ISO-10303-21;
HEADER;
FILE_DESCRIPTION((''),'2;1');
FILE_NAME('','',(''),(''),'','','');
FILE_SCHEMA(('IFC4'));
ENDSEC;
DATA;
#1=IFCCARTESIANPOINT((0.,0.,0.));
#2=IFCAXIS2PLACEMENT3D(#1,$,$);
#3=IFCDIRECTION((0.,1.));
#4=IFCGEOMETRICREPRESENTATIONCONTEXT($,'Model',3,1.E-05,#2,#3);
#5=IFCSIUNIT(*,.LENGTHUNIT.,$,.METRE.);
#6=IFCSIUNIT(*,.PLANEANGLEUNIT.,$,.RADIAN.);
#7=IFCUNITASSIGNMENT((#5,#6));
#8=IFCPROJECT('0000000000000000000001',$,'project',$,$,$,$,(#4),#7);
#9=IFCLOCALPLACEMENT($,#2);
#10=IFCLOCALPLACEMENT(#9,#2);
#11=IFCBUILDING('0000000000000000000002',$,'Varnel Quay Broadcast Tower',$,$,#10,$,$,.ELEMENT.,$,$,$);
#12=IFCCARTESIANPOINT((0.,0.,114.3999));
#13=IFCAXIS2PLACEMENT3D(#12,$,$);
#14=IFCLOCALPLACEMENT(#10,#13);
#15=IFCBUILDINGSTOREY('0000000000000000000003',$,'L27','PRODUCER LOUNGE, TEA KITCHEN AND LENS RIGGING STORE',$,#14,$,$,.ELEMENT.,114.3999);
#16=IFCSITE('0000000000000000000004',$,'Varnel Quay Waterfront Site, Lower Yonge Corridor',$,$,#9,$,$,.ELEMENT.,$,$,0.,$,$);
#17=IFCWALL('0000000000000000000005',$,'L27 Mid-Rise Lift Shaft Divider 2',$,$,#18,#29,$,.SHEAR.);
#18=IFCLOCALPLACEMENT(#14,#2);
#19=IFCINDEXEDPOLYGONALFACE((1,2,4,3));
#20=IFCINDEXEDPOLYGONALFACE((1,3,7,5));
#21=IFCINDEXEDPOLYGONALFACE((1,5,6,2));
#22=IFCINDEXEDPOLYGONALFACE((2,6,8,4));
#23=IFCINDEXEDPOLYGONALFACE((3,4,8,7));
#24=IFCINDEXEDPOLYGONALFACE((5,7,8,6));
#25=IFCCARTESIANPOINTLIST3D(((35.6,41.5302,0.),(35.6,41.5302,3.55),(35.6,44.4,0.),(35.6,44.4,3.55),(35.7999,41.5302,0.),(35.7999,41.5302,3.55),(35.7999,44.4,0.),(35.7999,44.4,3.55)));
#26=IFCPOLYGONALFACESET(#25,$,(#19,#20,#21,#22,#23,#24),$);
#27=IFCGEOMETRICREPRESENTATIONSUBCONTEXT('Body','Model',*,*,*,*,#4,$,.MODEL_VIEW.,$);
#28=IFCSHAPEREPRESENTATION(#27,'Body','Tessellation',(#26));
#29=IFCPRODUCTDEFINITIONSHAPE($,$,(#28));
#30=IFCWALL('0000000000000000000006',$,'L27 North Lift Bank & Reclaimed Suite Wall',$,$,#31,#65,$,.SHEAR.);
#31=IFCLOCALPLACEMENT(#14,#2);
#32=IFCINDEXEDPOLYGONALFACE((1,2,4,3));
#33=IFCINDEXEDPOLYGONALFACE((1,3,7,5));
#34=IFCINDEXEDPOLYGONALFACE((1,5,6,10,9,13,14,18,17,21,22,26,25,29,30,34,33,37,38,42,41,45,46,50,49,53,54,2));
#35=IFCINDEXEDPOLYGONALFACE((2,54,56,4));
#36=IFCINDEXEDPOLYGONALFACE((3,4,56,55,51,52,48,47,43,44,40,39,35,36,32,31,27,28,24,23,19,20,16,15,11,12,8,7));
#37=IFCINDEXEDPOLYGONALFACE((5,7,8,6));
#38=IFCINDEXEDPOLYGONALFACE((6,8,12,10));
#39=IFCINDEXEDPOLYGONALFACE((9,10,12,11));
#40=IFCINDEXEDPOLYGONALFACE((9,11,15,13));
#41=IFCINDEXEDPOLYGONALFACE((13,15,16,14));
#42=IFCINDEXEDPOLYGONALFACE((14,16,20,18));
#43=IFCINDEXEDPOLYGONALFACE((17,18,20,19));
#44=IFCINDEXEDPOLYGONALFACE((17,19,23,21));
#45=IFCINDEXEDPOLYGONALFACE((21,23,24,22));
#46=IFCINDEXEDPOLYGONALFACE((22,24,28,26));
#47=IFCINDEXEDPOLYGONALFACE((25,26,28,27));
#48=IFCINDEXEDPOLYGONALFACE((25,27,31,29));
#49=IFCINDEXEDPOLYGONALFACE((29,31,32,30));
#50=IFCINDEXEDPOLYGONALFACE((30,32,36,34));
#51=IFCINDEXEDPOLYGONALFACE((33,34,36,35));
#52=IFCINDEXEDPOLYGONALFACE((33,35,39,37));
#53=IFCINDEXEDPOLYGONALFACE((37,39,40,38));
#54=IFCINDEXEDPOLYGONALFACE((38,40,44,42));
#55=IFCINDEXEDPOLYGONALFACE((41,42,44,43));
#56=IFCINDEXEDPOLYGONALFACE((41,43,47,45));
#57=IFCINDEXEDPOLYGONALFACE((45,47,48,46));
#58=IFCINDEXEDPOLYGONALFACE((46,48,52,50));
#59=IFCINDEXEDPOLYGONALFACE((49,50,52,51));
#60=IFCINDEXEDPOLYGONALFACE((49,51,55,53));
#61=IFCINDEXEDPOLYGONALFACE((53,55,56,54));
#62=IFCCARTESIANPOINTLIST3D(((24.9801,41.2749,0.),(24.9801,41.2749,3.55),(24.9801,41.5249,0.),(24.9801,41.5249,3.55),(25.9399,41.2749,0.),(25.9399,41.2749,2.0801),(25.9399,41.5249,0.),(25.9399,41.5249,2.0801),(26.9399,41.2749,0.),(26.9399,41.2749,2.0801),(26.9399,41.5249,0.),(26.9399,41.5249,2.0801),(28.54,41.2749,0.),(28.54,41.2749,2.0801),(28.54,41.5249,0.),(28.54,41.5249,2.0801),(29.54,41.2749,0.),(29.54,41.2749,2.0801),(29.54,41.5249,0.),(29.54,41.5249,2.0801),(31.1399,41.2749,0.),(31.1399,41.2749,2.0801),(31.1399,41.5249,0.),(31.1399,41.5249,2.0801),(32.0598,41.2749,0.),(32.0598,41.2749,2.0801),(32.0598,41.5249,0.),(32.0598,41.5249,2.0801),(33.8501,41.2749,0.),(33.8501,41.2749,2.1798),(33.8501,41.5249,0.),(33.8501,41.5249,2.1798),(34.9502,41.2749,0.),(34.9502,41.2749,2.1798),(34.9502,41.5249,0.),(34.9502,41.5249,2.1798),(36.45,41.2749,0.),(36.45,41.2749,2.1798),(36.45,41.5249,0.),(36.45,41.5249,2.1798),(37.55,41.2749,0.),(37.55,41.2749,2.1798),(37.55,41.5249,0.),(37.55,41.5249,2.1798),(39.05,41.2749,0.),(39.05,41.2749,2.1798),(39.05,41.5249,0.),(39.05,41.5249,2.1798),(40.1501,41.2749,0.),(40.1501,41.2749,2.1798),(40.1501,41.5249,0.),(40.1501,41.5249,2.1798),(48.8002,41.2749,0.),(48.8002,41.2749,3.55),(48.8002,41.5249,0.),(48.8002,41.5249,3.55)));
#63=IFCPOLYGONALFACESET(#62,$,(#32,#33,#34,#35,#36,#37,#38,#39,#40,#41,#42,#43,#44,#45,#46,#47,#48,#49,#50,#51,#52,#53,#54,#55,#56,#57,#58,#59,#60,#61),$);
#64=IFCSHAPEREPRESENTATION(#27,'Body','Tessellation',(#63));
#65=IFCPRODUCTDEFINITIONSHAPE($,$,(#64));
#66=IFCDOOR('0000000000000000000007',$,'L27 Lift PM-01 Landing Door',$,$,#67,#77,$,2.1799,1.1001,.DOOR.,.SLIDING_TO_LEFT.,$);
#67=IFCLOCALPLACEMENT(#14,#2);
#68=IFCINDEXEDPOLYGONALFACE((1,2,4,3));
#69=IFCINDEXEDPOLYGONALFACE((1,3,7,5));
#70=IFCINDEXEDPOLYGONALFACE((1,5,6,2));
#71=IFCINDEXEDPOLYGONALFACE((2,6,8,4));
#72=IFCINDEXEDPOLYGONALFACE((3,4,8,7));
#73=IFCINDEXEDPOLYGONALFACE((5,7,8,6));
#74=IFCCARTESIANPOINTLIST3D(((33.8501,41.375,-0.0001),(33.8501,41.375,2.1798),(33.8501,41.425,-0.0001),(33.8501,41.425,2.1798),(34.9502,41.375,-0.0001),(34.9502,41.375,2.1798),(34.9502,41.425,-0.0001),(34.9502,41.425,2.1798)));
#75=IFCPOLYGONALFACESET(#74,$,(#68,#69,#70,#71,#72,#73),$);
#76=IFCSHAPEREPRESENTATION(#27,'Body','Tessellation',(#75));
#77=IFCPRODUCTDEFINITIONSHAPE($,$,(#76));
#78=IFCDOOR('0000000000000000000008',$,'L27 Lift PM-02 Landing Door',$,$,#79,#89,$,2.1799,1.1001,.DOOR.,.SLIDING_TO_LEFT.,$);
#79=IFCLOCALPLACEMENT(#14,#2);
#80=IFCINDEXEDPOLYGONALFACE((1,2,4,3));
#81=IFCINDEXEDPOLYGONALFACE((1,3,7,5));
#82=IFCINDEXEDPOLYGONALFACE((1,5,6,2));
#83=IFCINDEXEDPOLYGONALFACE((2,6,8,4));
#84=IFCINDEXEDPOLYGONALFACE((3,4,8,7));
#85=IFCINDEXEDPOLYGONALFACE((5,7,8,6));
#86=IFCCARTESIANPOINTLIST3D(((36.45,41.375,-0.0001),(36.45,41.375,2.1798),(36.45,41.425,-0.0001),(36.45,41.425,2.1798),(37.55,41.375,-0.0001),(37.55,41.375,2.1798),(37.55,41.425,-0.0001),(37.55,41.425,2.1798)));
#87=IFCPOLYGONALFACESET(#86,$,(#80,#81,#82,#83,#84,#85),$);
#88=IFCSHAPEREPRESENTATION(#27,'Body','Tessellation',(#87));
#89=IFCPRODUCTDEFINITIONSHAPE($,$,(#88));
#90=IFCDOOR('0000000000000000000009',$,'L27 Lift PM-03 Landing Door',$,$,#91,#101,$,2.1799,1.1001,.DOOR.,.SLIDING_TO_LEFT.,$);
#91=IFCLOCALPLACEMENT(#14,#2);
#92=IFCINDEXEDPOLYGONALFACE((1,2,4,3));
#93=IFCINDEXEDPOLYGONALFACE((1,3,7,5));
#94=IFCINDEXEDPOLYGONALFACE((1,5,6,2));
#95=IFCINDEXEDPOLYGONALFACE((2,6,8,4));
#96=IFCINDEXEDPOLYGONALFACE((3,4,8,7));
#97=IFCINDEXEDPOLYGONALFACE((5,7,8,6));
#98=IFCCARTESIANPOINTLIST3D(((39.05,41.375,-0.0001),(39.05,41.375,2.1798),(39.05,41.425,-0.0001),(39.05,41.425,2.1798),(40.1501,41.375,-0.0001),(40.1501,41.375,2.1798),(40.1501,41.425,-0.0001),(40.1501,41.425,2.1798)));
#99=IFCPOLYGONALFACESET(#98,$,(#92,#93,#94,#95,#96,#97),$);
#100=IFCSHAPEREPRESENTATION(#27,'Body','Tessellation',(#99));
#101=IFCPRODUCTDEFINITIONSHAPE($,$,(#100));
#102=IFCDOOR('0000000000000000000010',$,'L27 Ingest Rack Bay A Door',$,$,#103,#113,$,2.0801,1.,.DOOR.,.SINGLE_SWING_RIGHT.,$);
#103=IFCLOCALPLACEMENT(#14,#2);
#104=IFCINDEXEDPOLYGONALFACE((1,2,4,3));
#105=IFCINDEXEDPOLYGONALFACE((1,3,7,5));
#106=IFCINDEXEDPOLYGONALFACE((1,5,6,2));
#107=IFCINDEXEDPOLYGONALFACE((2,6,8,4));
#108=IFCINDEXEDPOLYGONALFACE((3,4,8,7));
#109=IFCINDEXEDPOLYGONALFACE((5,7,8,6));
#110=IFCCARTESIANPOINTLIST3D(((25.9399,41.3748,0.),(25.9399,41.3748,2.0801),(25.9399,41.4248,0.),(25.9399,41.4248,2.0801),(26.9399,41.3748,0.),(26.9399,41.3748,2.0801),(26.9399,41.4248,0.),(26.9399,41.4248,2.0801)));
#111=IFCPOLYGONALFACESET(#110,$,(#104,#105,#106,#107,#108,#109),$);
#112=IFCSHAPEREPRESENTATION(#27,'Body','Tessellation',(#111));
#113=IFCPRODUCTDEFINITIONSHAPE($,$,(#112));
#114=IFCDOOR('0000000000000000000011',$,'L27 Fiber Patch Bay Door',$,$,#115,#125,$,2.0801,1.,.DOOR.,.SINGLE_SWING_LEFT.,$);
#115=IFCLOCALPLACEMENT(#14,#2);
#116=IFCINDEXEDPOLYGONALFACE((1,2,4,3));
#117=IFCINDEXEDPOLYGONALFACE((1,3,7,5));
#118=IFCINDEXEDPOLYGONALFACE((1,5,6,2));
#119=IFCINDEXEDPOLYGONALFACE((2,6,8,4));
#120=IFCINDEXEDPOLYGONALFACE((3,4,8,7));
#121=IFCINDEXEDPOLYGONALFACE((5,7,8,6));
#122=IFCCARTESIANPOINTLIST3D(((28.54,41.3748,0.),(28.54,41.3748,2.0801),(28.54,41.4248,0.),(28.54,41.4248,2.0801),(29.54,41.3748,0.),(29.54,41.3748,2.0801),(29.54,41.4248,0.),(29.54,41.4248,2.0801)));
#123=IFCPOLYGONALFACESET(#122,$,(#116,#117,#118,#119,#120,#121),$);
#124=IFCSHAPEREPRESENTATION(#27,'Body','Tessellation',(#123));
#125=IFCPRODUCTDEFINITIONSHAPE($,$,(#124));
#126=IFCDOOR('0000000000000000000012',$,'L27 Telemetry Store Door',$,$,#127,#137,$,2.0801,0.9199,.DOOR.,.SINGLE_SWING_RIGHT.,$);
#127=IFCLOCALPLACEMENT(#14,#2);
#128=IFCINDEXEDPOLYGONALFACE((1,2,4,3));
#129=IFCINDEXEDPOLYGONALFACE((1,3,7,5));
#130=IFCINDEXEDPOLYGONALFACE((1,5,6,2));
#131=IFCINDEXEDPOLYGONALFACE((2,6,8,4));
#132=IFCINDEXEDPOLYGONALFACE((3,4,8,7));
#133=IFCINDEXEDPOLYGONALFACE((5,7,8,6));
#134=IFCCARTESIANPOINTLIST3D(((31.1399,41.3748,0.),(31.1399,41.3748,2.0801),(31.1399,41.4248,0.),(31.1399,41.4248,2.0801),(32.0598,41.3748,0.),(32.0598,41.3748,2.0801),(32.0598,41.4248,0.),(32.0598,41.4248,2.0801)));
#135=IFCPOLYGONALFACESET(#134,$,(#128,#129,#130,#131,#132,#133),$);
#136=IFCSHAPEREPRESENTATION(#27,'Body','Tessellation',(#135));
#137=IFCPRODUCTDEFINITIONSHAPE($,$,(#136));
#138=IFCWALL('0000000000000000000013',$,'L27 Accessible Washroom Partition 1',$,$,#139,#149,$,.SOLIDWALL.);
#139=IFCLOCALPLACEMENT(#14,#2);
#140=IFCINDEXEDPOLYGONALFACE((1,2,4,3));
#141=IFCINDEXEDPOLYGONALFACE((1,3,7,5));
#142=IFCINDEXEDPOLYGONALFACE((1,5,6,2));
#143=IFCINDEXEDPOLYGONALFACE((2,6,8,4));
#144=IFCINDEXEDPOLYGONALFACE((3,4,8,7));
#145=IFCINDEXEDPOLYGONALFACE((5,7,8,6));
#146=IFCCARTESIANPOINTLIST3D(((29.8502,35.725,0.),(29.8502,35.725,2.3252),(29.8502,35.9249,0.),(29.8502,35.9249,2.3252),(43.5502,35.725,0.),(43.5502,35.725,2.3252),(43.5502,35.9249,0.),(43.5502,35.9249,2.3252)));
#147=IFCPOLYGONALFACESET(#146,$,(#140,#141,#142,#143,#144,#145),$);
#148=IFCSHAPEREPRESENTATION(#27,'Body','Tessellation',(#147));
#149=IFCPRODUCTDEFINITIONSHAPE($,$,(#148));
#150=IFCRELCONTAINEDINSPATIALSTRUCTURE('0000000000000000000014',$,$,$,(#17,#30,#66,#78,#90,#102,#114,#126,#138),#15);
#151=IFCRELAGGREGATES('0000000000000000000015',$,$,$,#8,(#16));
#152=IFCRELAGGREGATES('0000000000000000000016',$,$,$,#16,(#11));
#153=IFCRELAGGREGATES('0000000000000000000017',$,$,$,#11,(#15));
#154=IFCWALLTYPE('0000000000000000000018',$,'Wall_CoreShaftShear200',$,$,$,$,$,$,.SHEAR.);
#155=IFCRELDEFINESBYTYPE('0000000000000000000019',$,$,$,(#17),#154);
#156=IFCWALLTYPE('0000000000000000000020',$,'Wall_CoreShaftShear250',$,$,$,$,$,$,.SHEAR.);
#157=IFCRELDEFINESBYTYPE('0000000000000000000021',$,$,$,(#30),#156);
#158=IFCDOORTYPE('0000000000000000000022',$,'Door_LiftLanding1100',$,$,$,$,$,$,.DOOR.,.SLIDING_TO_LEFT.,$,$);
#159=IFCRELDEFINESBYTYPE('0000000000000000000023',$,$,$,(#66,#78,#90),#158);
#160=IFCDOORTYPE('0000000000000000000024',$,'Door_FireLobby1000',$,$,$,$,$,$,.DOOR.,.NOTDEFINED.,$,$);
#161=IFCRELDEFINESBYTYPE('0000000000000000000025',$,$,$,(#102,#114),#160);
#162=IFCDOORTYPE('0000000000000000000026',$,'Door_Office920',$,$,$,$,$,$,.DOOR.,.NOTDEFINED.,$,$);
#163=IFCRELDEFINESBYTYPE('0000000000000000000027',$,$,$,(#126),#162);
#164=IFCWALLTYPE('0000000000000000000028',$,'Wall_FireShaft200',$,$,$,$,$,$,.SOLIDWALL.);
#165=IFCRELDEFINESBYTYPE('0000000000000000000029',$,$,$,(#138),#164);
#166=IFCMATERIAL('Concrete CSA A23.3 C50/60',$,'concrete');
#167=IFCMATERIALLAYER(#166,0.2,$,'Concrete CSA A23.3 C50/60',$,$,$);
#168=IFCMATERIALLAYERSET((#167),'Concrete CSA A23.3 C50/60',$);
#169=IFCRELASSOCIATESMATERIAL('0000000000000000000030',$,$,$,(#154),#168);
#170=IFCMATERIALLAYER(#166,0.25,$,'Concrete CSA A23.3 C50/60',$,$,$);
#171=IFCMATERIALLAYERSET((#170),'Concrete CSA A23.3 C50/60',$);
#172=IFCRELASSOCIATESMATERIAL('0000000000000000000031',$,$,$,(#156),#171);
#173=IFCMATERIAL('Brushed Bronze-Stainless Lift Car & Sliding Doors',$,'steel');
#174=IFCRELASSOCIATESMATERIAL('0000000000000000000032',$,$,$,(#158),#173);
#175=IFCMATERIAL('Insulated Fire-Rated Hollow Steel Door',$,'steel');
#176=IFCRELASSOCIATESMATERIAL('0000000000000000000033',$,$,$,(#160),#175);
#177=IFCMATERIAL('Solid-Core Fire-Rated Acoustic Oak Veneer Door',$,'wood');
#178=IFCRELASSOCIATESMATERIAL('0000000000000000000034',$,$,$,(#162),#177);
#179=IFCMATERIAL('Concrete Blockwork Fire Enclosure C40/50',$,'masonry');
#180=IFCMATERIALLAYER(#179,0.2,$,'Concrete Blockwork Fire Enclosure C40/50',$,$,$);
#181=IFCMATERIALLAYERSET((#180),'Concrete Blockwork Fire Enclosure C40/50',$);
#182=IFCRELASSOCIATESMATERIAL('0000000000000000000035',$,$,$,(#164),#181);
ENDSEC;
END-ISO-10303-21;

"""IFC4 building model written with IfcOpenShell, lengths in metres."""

from ifc_helpers import new_model, si_unit, direction, frame, frame_2d, origin, place, context, subcontext, project, spatial, rectangle, extrude, source, transform, mapped, material, layer, layer_set, type_object, type_shapes, element, fill, save


model = new_model("IFC4")

# Units and contexts
model_context = context("Model", 3, precision=1e-05, world=origin(), true_north=direction((0.0, 1.0)))
body_context = subcontext(model_context, "Body", "Model", "MODEL_VIEW")
ifc_project = project(units=[si_unit("LENGTHUNIT", "METRE"), si_unit("PLANEANGLEUNIT", "RADIAN")], contexts=[model_context])

# Site, building, storey
site_placement = place(None, origin())
site = spatial("IfcSite", under=ifc_project, at=site_placement, Name="Varnel Quay Waterfront Site, Lower Yonge Corridor", CompositionType="ELEMENT", RefElevation=0.0)
building_placement = place(site_placement, origin())
building = spatial("IfcBuilding", under=site, at=building_placement, Name="Varnel Quay Broadcast Tower", CompositionType="ELEMENT")
storey_placement = place(building_placement, frame((0.0, 0.0, 114.3999)))
storey = spatial("IfcBuildingStorey", under=building, at=storey_placement, Name="L27", Description="PRODUCER LOUNGE, TEA KITCHEN AND LENS RIGGING STORE", CompositionType="ELEMENT", Elevation=114.3999)

# Wall
ifc_material_1 = material(Name="Concrete CSA A23.3 C50/60", Category="concrete")
ifc_layer_1 = layer(ifc_material_1, 0.2, Name="Concrete CSA A23.3 C50/60")
ifc_layer_set_1 = layer_set([ifc_layer_1], Name="Concrete CSA A23.3 C50/60")
wall_type_1 = type_object("IfcWallType", Name="Wall_CoreShaftShear200", PredefinedType="SHEAR", material=ifc_layer_set_1)
wall_1_placement = place(storey_placement, frame((35.7, 41.53, 0.0), z_axis=(0.0, 0.0, 1.0), x_axis=(0.0, 1.0, 0.0)))
element("IfcWall", 1, at=wall_1_placement, inside=storey, type_object=wall_type_1, Name="L27 Mid-Rise Lift Shaft Divider 2", PredefinedType="SHEAR", context=body_context, shape_type="SweptSolid", body=[
    extrude(rectangle(XDim=2.8699, YDim=0.2, at=frame_2d((1.4351, 0.0))), origin(), (0.0, 0.0, 1.0), 3.55),
])

# Wall, openings, doors
ifc_layer_2 = layer(ifc_material_1, 0.25, Name="Concrete CSA A23.3 C50/60")
ifc_layer_set_2 = layer_set([ifc_layer_2], Name="Concrete CSA A23.3 C50/60")
wall_type_2 = type_object("IfcWallType", Name="Wall_CoreShaftShear250", PredefinedType="SHEAR", material=ifc_layer_set_2)
wall_2_placement = place(storey_placement, frame((24.98, 41.3999, 0.0), z_axis=(0.0, 0.0, 1.0), x_axis=(1.0, 0.0, 0.0)))
wall_2 = element("IfcWall", 2, at=wall_2_placement, inside=storey, type_object=wall_type_2, Name="L27 North Lift Bank & Reclaimed Suite Wall", PredefinedType="SHEAR", context=body_context, shape_type="SweptSolid", body=[
    extrude(rectangle(XDim=23.8201, YDim=0.25, at=frame_2d((11.9102, 0.0))), origin(), (0.0, 0.0, 1.0), 3.55),
])
opening_1_placement = place(wall_2_placement, frame((8.8701, 0.0, 0.0)))
opening_1 = element("IfcOpeningElement", 3, at=opening_1_placement, cuts=wall_2, PredefinedType="OPENING", context=body_context, shape_type="SweptSolid", body=[
    extrude(rectangle(XDim=1.1001, YDim=2.1799, at=frame_2d((0.55, 1.0898))), frame((0.0, 0.135, 0.0), z_axis=(0.0, -1.0, 0.0), x_axis=(1.0, 0.0, 0.0)), (0.0, 0.0, 1.0), 0.27),
])
opening_2_placement = place(wall_2_placement, frame((11.47, 0.0, 0.0)))
opening_2 = element("IfcOpeningElement", 4, at=opening_2_placement, cuts=wall_2, PredefinedType="OPENING", context=body_context, shape_type="SweptSolid", body=[
    extrude(rectangle(XDim=1.1001, YDim=2.1799, at=frame_2d((0.55, 1.0898))), frame((0.0, 0.135, 0.0), z_axis=(0.0, -1.0, 0.0), x_axis=(1.0, 0.0, 0.0)), (0.0, 0.0, 1.0), 0.27),
])
opening_3_placement = place(wall_2_placement, frame((14.0701, 0.0, 0.0)))
opening_3 = element("IfcOpeningElement", 5, at=opening_3_placement, cuts=wall_2, PredefinedType="OPENING", context=body_context, shape_type="SweptSolid", body=[
    extrude(rectangle(XDim=1.1001, YDim=2.1799, at=frame_2d((0.55, 1.0898))), frame((0.0, 0.135, 0.0), z_axis=(0.0, -1.0, 0.0), x_axis=(1.0, 0.0, 0.0)), (0.0, 0.0, 1.0), 0.27),
])
opening_4_placement = place(wall_2_placement, frame((0.96, 0.0, 0.0)))
opening_4 = element("IfcOpeningElement", 6, at=opening_4_placement, cuts=wall_2, PredefinedType="OPENING", context=body_context, shape_type="SweptSolid", body=[
    extrude(rectangle(XDim=1.0, YDim=2.0801, at=frame_2d((0.5, 1.04))), frame((0.0, 0.135, 0.0), z_axis=(0.0, -1.0, 0.0), x_axis=(1.0, 0.0, 0.0)), (0.0, 0.0, 1.0), 0.27),
])
opening_5_placement = place(wall_2_placement, frame((3.5601, 0.0, 0.0)))
opening_5 = element("IfcOpeningElement", 7, at=opening_5_placement, cuts=wall_2, PredefinedType="OPENING", context=body_context, shape_type="SweptSolid", body=[
    extrude(rectangle(XDim=1.0, YDim=2.0801, at=frame_2d((0.5, 1.04))), frame((0.0, 0.135, 0.0), z_axis=(0.0, -1.0, 0.0), x_axis=(1.0, 0.0, 0.0)), (0.0, 0.0, 1.0), 0.27),
])
opening_6_placement = place(wall_2_placement, frame((6.1599, 0.0, 0.0)))
opening_6 = element("IfcOpeningElement", 8, at=opening_6_placement, cuts=wall_2, PredefinedType="OPENING", context=body_context, shape_type="SweptSolid", body=[
    extrude(rectangle(XDim=0.9199, YDim=2.0801, at=frame_2d((0.46, 1.04))), frame((0.0, 0.135, 0.0), z_axis=(0.0, -1.0, 0.0), x_axis=(1.0, 0.0, 0.0)), (0.0, 0.0, 1.0), 0.27),
])
ifc_material_2 = material(Name="Brushed Bronze-Stainless Lift Car & Sliding Doors", Category="steel")
door_type_1 = type_object("IfcDoorType", Name="Door_LiftLanding1100", OperationType="SLIDING_TO_LEFT", PredefinedType="DOOR", material=ifc_material_2)
shared_shape_1 = source(origin(), body_context, "Body", "SweptSolid", [
    extrude(rectangle(XDim=1.1001, YDim=2.1799, at=frame_2d((0.55, 1.0898))), frame((0.0, 0.0249, 0.0), z_axis=(0.0, -1.0, 0.0), x_axis=(1.0, 0.0, 0.0)), (0.0, 0.0, 1.0), 0.05),
])
type_shapes(door_type_1, [shared_shape_1])
door_1_placement = place(opening_1_placement, frame((1.1001, 0.0, 0.0), z_axis=(0.0, 0.0, 1.0), x_axis=(-1.0, 0.0, 0.0)))
door_1 = element("IfcDoor", 9, at=door_1_placement, inside=storey, type_object=door_type_1, Name="L27 Lift PM-01 Landing Door", OperationType="SLIDING_TO_LEFT", OverallHeight=2.1799, OverallWidth=1.1001, PredefinedType="DOOR", context=body_context, shape_type="MappedRepresentation", body=[
    mapped(shared_shape_1, transform((0.0, 0.0, 0.0), x_axis=(1.0, 0.0, 0.0), y_axis=(0.0, 1.0, 0.0), z_axis=(0.0, 0.0, 1.0), scale=1.0)),
])
fill(opening_1, door_1)
door_2_placement = place(opening_2_placement, frame((1.1001, 0.0, 0.0), z_axis=(0.0, 0.0, 1.0), x_axis=(-1.0, 0.0, 0.0)))
door_2 = element("IfcDoor", 10, at=door_2_placement, inside=storey, type_object=door_type_1, Name="L27 Lift PM-02 Landing Door", OperationType="SLIDING_TO_LEFT", OverallHeight=2.1799, OverallWidth=1.1001, PredefinedType="DOOR", context=body_context, shape_type="MappedRepresentation", body=[
    mapped(shared_shape_1, transform((0.0, 0.0, 0.0), x_axis=(1.0, 0.0, 0.0), y_axis=(0.0, 1.0, 0.0), z_axis=(0.0, 0.0, 1.0), scale=1.0)),
])
fill(opening_2, door_2)
door_3_placement = place(opening_3_placement, frame((1.1001, 0.0, 0.0), z_axis=(0.0, 0.0, 1.0), x_axis=(-1.0, 0.0, 0.0)))
door_3 = element("IfcDoor", 11, at=door_3_placement, inside=storey, type_object=door_type_1, Name="L27 Lift PM-03 Landing Door", OperationType="SLIDING_TO_LEFT", OverallHeight=2.1799, OverallWidth=1.1001, PredefinedType="DOOR", context=body_context, shape_type="MappedRepresentation", body=[
    mapped(shared_shape_1, transform((0.0, 0.0, 0.0), x_axis=(1.0, 0.0, 0.0), y_axis=(0.0, 1.0, 0.0), z_axis=(0.0, 0.0, 1.0), scale=1.0)),
])
fill(opening_3, door_3)
ifc_material_3 = material(Name="Insulated Fire-Rated Hollow Steel Door", Category="steel")
door_type_2 = type_object("IfcDoorType", Name="Door_FireLobby1000", OperationType="NOTDEFINED", PredefinedType="DOOR", material=ifc_material_3)
shared_shape_2 = source(origin(), body_context, "Body", "SweptSolid", [
    extrude(rectangle(XDim=1.0, YDim=2.0801, at=frame_2d((0.5, 1.04))), frame((0.0, 0.0249, 0.0), z_axis=(0.0, -1.0, 0.0), x_axis=(1.0, 0.0, 0.0)), (0.0, 0.0, 1.0), 0.05),
])
type_shapes(door_type_2, [shared_shape_2])
door_4_placement = place(opening_4_placement, origin())
door_4 = element("IfcDoor", 12, at=door_4_placement, inside=storey, type_object=door_type_2, Name="L27 Ingest Rack Bay A Door", OperationType="SINGLE_SWING_RIGHT", OverallHeight=2.0801, OverallWidth=1.0, PredefinedType="DOOR", context=body_context, shape_type="MappedRepresentation", body=[
    mapped(shared_shape_2, transform((0.0, 0.0, 0.0), x_axis=(1.0, 0.0, 0.0), y_axis=(0.0, 1.0, 0.0), z_axis=(0.0, 0.0, 1.0), scale=1.0)),
])
fill(opening_4, door_4)
door_5_placement = place(opening_5_placement, origin())
door_5 = element("IfcDoor", 13, at=door_5_placement, inside=storey, type_object=door_type_2, Name="L27 Fiber Patch Bay Door", OperationType="SINGLE_SWING_LEFT", OverallHeight=2.0801, OverallWidth=1.0, PredefinedType="DOOR", context=body_context, shape_type="MappedRepresentation", body=[
    mapped(shared_shape_2, transform((0.0, 0.0, 0.0), x_axis=(1.0, 0.0, 0.0), y_axis=(0.0, 1.0, 0.0), z_axis=(0.0, 0.0, 1.0), scale=1.0)),
])
fill(opening_5, door_5)
ifc_material_4 = material(Name="Solid-Core Fire-Rated Acoustic Oak Veneer Door", Category="wood")
door_type_3 = type_object("IfcDoorType", Name="Door_Office920", OperationType="NOTDEFINED", PredefinedType="DOOR", material=ifc_material_4)
shared_shape_3 = source(origin(), body_context, "Body", "SweptSolid", [
    extrude(rectangle(XDim=0.9199, YDim=2.0801, at=frame_2d((0.46, 1.04))), frame((0.0, 0.0249, 0.0), z_axis=(0.0, -1.0, 0.0), x_axis=(1.0, 0.0, 0.0)), (0.0, 0.0, 1.0), 0.05),
])
type_shapes(door_type_3, [shared_shape_3])
door_6_placement = place(opening_6_placement, origin())
door_6 = element("IfcDoor", 14, at=door_6_placement, inside=storey, type_object=door_type_3, Name="L27 Telemetry Store Door", OperationType="SINGLE_SWING_RIGHT", OverallHeight=2.0801, OverallWidth=0.9199, PredefinedType="DOOR", context=body_context, shape_type="MappedRepresentation", body=[
    mapped(shared_shape_3, transform((0.0, 0.0, 0.0), x_axis=(1.0, 0.0, 0.0), y_axis=(0.0, 1.0, 0.0), z_axis=(0.0, 0.0, 1.0), scale=1.0)),
])
fill(opening_6, door_6)

# Wall
ifc_material_5 = material(Name="Concrete Blockwork Fire Enclosure C40/50", Category="masonry")
ifc_layer_3 = layer(ifc_material_5, 0.2, Name="Concrete Blockwork Fire Enclosure C40/50")
ifc_layer_set_3 = layer_set([ifc_layer_3], Name="Concrete Blockwork Fire Enclosure C40/50")
wall_type_3 = type_object("IfcWallType", Name="Wall_FireShaft200", PredefinedType="SOLIDWALL", material=ifc_layer_set_3)
wall_3_placement = place(storey_placement, frame((29.8501, 35.825, 0.0), z_axis=(0.0, 0.0, 1.0), x_axis=(1.0, 0.0, 0.0)))
element("IfcWall", 15, at=wall_3_placement, inside=storey, type_object=wall_type_3, Name="L27 Accessible Washroom Partition 1", PredefinedType="SOLIDWALL", context=body_context, shape_type="SweptSolid", body=[
    extrude(rectangle(XDim=13.7, YDim=0.2, at=frame_2d((6.8501, 0.0))), origin(), (0.0, 0.0, 1.0), 2.3252),
])

save(model, "model.ifc")
